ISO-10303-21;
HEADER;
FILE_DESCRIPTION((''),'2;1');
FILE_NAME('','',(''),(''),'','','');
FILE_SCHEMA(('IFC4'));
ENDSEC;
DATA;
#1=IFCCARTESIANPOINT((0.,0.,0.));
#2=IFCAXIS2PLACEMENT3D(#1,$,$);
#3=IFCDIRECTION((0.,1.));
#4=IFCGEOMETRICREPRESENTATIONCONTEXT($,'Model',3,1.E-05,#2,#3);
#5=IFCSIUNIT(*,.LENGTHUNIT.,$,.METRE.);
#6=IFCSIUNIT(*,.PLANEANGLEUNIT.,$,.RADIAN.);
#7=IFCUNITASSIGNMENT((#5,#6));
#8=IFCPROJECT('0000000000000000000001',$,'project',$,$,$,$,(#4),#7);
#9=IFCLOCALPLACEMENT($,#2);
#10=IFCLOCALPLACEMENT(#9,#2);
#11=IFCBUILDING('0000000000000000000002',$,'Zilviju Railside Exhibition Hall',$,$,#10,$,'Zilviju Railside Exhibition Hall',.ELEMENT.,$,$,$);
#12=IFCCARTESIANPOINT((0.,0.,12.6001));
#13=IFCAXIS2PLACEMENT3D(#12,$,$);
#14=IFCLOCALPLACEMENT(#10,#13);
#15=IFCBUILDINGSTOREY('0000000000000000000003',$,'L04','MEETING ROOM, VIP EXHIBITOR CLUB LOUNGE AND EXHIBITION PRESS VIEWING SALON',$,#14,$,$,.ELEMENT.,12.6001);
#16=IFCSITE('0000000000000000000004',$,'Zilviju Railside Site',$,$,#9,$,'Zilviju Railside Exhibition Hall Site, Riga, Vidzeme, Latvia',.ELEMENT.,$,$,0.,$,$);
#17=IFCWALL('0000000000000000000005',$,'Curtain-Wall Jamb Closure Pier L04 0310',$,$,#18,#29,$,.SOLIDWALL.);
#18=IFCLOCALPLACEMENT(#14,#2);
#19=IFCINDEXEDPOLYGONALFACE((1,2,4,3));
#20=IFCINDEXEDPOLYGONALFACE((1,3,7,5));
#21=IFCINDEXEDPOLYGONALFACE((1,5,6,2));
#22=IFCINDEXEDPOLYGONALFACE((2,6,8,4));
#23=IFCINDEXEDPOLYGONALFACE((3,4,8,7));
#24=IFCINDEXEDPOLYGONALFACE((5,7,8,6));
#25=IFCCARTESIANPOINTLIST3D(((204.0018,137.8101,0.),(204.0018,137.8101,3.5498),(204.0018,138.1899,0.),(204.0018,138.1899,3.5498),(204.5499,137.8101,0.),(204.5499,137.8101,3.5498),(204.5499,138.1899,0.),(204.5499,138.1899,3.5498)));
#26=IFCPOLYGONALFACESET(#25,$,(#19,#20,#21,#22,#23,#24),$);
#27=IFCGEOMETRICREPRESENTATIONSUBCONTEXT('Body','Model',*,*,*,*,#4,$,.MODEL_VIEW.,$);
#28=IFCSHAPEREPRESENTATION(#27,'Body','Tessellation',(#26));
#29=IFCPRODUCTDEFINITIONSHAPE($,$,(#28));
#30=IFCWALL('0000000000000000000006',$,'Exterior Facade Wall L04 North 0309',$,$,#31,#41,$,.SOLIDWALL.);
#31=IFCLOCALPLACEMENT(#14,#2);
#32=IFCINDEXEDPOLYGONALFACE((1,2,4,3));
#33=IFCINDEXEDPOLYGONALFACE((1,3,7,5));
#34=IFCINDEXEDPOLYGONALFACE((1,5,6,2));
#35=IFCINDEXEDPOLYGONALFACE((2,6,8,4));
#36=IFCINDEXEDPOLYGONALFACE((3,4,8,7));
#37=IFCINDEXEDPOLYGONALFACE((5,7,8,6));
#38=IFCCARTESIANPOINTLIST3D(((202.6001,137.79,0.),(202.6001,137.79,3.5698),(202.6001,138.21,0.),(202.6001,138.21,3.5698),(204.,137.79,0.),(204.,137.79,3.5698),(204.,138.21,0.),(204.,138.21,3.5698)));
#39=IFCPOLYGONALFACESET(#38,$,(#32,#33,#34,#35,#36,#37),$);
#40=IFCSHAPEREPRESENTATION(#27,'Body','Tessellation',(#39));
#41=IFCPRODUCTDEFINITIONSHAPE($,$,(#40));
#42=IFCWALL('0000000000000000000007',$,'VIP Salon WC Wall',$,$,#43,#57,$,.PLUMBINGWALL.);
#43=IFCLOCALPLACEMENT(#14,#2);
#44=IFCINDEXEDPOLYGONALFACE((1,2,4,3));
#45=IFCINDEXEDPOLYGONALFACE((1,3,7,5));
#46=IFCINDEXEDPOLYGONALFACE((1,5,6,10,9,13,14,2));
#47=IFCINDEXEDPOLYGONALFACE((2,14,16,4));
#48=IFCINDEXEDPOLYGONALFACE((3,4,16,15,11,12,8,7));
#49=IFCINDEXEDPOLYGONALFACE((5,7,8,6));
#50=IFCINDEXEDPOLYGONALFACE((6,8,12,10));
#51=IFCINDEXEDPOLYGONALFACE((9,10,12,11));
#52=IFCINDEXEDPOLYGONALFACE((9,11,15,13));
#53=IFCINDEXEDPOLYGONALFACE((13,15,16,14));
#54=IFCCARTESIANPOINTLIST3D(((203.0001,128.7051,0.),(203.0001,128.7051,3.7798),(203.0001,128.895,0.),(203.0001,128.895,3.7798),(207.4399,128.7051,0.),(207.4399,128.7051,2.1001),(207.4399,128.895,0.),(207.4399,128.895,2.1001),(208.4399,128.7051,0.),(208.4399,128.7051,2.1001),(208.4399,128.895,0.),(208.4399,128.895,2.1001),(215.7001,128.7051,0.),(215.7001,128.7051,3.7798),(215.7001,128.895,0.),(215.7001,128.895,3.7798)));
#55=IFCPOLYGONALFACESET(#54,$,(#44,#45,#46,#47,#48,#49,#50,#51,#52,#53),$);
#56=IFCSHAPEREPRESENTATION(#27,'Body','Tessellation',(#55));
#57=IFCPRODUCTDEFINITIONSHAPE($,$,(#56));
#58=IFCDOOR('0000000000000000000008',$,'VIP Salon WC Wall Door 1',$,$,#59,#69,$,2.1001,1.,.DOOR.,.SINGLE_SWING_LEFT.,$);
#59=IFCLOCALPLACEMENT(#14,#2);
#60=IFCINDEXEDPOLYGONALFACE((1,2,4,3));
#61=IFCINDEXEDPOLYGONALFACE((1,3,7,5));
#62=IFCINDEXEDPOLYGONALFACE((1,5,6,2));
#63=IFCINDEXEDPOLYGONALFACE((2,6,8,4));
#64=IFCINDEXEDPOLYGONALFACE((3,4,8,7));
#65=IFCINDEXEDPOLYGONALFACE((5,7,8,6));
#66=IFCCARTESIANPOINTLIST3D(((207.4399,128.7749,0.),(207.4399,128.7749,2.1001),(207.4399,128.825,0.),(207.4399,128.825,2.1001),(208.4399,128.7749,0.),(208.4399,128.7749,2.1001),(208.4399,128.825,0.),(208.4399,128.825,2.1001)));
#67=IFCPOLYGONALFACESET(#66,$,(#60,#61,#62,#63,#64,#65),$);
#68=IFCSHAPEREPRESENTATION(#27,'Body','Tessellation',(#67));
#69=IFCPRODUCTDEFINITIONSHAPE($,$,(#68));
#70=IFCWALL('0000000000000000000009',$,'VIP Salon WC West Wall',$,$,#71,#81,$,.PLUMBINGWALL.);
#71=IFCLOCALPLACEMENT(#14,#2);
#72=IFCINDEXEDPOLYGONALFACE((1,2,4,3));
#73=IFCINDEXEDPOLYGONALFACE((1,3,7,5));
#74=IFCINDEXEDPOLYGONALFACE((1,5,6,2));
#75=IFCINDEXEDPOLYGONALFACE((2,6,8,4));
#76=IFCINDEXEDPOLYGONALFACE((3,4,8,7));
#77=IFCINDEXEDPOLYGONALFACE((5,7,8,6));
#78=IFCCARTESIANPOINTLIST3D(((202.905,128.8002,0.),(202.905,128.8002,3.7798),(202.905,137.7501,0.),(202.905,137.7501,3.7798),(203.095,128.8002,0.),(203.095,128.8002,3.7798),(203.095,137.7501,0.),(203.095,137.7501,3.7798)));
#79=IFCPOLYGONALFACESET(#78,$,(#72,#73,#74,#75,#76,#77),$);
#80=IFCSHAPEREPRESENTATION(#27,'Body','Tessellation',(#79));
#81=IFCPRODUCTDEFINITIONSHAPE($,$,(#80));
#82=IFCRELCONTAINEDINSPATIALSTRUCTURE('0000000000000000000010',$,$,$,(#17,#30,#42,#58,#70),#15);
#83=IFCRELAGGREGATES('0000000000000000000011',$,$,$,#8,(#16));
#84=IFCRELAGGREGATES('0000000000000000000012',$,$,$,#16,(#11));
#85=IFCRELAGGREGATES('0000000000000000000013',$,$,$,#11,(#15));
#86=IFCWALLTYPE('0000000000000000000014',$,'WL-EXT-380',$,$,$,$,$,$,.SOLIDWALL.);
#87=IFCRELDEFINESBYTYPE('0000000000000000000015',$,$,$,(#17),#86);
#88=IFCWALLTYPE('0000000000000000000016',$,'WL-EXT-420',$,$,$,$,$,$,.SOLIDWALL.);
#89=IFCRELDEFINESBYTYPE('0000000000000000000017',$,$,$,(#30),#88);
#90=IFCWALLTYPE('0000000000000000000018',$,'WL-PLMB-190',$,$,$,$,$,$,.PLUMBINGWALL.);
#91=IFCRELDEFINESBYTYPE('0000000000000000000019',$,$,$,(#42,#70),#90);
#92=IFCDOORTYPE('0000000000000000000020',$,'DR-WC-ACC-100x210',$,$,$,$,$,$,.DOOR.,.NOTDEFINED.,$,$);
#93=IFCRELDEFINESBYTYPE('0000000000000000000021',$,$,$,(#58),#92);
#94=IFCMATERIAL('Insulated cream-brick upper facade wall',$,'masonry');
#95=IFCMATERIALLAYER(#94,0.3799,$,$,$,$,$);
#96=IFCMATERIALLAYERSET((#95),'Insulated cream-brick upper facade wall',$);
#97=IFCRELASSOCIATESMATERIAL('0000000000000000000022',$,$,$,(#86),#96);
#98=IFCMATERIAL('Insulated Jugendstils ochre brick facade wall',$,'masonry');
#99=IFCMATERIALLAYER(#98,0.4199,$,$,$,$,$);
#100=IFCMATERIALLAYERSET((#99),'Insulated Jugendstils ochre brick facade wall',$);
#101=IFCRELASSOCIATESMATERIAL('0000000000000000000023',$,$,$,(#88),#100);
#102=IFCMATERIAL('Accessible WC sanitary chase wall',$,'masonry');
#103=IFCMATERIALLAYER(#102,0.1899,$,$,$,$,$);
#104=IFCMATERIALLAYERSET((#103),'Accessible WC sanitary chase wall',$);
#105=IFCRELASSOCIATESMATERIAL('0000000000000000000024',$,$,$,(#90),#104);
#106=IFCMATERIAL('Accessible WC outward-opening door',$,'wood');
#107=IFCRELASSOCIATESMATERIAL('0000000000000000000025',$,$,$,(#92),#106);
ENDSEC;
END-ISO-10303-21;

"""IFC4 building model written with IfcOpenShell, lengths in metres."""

from ifc_helpers import new_model, si_unit, direction, frame, frame_2d, origin, place, context, subcontext, project, spatial, rectangle, extrude, material, layer, layer_set, type_object, element, fill, save


model = new_model("IFC4")

# Units and contexts
model_context = context("Model", 3, precision=1e-05, world=origin(), true_north=direction((0.0, 1.0)))
body_context = subcontext(model_context, "Body", "Model", "MODEL_VIEW")
ifc_project = project(units=[si_unit("LENGTHUNIT", "METRE"), si_unit("PLANEANGLEUNIT", "RADIAN")], contexts=[model_context])

# Site, building, storey
site_placement = place(None, origin())
site = spatial("IfcSite", under=ifc_project, at=site_placement, Name="Zilviju Railside Site", LongName="Zilviju Railside Exhibition Hall Site, Riga, Vidzeme, Latvia", CompositionType="ELEMENT", RefElevation=0.0)
building_placement = place(site_placement, origin())
building = spatial("IfcBuilding", under=site, at=building_placement, Name="Zilviju Railside Exhibition Hall", LongName="Zilviju Railside Exhibition Hall", CompositionType="ELEMENT")
storey_placement = place(building_placement, frame((0.0, 0.0, 12.6001)))
storey = spatial("IfcBuildingStorey", under=building, at=storey_placement, Name="L04", Description="MEETING ROOM, VIP EXHIBITOR CLUB LOUNGE AND EXHIBITION PRESS VIEWING SALON", CompositionType="ELEMENT", Elevation=12.6001)

# Walls
ifc_material_1 = material(Name="Insulated cream-brick upper facade wall", Category="masonry")
ifc_layer_1 = layer(ifc_material_1, 0.3799)
ifc_layer_set_1 = layer_set([ifc_layer_1], Name="Insulated cream-brick upper facade wall")
wall_type_1 = type_object("IfcWallType", Name="WL-EXT-380", PredefinedType="SOLIDWALL", material=ifc_layer_set_1)
wall_1_placement = place(storey_placement, frame((204.002, 138.0, 0.0), z_axis=(0.0, 0.0, 1.0), x_axis=(1.0, 0.0, 0.0)))
element("IfcWall", 1, at=wall_1_placement, inside=storey, type_object=wall_type_1, Name="Curtain-Wall Jamb Closure Pier L04 0310", PredefinedType="SOLIDWALL", context=body_context, shape_type="SweptSolid", body=[
    extrude(rectangle(XDim=0.5481, YDim=0.3799, at=frame_2d((0.2739, 0.0))), origin(), (0.0, 0.0, 1.0), 3.5498),
])
ifc_material_2 = material(Name="Insulated Jugendstils ochre brick facade wall", Category="masonry")
ifc_layer_2 = layer(ifc_material_2, 0.4199)
ifc_layer_set_2 = layer_set([ifc_layer_2], Name="Insulated Jugendstils ochre brick facade wall")
wall_type_2 = type_object("IfcWallType", Name="WL-EXT-420", PredefinedType="SOLIDWALL", material=ifc_layer_set_2)
wall_2_placement = place(storey_placement, frame((202.6001, 138.0, 0.0), z_axis=(0.0, 0.0, 1.0), x_axis=(1.0, 0.0, 0.0)))
element("IfcWall", 2, at=wall_2_placement, inside=storey, type_object=wall_type_2, Name="Exterior Facade Wall L04 North 0309", PredefinedType="SOLIDWALL", context=body_context, shape_type="SweptSolid", body=[
    extrude(rectangle(XDim=1.3999, YDim=0.4199, at=frame_2d((0.7, 0.0))), origin(), (0.0, 0.0, 1.0), 3.5698),
])

# Wall, opening, door
ifc_material_3 = material(Name="Accessible WC sanitary chase wall", Category="masonry")
ifc_layer_3 = layer(ifc_material_3, 0.1899)
ifc_layer_set_3 = layer_set([ifc_layer_3], Name="Accessible WC sanitary chase wall")
wall_type_3 = type_object("IfcWallType", Name="WL-PLMB-190", PredefinedType="PLUMBINGWALL", material=ifc_layer_set_3)
wall_3_placement = place(storey_placement, frame((203.0, 128.8, 0.0), z_axis=(0.0, 0.0, 1.0), x_axis=(1.0, 0.0, 0.0)))
wall_3 = element("IfcWall", 3, at=wall_3_placement, inside=storey, type_object=wall_type_3, Name="VIP Salon WC Wall", PredefinedType="PLUMBINGWALL", context=body_context, shape_type="SweptSolid", body=[
    extrude(rectangle(XDim=12.7, YDim=0.1899, at=frame_2d((6.3501, 0.0))), origin(), (0.0, 0.0, 1.0), 3.7798),
])
opening_1_placement = place(wall_3_placement, frame((4.4399, 0.0, 0.0)))
opening_1 = element("IfcOpeningElement", 4, at=opening_1_placement, cuts=wall_3, PredefinedType="OPENING", context=body_context, shape_type="SweptSolid", body=[
    extrude(rectangle(XDim=1.0, YDim=2.1001, at=frame_2d((0.5, 1.05))), frame((0.0, 0.105, 0.0), z_axis=(0.0, -1.0, 0.0), x_axis=(1.0, 0.0, 0.0)), (0.0, 0.0, 1.0), 0.21),
])
ifc_material_4 = material(Name="Accessible WC outward-opening door", Category="wood")
door_type_1 = type_object("IfcDoorType", Name="DR-WC-ACC-100x210", OperationType="NOTDEFINED", PredefinedType="DOOR", material=ifc_material_4)
door_1_placement = place(opening_1_placement, origin())
door_1 = element("IfcDoor", 5, at=door_1_placement, inside=storey, type_object=door_type_1, Name="VIP Salon WC Wall Door 1", OperationType="SINGLE_SWING_LEFT", OverallHeight=2.1001, OverallWidth=1.0, PredefinedType="DOOR", context=body_context, shape_type="SweptSolid", body=[
    extrude(rectangle(XDim=1.0, YDim=2.1001, at=frame_2d((0.5, 1.05))), frame((0.0, 0.0249, 0.0), z_axis=(0.0, -1.0, 0.0), x_axis=(1.0, 0.0, 0.0)), (0.0, 0.0, 1.0), 0.05),
])
fill(opening_1, door_1)

# Wall
wall_4_placement = place(storey_placement, frame((203.0, 128.8, 0.0), z_axis=(0.0, 0.0, 1.0), x_axis=(0.0, 1.0, 0.0)))
element("IfcWall", 6, at=wall_4_placement, inside=storey, type_object=wall_type_3, Name="VIP Salon WC West Wall", PredefinedType="PLUMBINGWALL", context=body_context, shape_type="SweptSolid", body=[
    extrude(rectangle(XDim=8.95, YDim=0.1899, at=frame_2d((4.4751, 0.0))), origin(), (0.0, 0.0, 1.0), 3.7798),
])

save(model, "model.ifc")
